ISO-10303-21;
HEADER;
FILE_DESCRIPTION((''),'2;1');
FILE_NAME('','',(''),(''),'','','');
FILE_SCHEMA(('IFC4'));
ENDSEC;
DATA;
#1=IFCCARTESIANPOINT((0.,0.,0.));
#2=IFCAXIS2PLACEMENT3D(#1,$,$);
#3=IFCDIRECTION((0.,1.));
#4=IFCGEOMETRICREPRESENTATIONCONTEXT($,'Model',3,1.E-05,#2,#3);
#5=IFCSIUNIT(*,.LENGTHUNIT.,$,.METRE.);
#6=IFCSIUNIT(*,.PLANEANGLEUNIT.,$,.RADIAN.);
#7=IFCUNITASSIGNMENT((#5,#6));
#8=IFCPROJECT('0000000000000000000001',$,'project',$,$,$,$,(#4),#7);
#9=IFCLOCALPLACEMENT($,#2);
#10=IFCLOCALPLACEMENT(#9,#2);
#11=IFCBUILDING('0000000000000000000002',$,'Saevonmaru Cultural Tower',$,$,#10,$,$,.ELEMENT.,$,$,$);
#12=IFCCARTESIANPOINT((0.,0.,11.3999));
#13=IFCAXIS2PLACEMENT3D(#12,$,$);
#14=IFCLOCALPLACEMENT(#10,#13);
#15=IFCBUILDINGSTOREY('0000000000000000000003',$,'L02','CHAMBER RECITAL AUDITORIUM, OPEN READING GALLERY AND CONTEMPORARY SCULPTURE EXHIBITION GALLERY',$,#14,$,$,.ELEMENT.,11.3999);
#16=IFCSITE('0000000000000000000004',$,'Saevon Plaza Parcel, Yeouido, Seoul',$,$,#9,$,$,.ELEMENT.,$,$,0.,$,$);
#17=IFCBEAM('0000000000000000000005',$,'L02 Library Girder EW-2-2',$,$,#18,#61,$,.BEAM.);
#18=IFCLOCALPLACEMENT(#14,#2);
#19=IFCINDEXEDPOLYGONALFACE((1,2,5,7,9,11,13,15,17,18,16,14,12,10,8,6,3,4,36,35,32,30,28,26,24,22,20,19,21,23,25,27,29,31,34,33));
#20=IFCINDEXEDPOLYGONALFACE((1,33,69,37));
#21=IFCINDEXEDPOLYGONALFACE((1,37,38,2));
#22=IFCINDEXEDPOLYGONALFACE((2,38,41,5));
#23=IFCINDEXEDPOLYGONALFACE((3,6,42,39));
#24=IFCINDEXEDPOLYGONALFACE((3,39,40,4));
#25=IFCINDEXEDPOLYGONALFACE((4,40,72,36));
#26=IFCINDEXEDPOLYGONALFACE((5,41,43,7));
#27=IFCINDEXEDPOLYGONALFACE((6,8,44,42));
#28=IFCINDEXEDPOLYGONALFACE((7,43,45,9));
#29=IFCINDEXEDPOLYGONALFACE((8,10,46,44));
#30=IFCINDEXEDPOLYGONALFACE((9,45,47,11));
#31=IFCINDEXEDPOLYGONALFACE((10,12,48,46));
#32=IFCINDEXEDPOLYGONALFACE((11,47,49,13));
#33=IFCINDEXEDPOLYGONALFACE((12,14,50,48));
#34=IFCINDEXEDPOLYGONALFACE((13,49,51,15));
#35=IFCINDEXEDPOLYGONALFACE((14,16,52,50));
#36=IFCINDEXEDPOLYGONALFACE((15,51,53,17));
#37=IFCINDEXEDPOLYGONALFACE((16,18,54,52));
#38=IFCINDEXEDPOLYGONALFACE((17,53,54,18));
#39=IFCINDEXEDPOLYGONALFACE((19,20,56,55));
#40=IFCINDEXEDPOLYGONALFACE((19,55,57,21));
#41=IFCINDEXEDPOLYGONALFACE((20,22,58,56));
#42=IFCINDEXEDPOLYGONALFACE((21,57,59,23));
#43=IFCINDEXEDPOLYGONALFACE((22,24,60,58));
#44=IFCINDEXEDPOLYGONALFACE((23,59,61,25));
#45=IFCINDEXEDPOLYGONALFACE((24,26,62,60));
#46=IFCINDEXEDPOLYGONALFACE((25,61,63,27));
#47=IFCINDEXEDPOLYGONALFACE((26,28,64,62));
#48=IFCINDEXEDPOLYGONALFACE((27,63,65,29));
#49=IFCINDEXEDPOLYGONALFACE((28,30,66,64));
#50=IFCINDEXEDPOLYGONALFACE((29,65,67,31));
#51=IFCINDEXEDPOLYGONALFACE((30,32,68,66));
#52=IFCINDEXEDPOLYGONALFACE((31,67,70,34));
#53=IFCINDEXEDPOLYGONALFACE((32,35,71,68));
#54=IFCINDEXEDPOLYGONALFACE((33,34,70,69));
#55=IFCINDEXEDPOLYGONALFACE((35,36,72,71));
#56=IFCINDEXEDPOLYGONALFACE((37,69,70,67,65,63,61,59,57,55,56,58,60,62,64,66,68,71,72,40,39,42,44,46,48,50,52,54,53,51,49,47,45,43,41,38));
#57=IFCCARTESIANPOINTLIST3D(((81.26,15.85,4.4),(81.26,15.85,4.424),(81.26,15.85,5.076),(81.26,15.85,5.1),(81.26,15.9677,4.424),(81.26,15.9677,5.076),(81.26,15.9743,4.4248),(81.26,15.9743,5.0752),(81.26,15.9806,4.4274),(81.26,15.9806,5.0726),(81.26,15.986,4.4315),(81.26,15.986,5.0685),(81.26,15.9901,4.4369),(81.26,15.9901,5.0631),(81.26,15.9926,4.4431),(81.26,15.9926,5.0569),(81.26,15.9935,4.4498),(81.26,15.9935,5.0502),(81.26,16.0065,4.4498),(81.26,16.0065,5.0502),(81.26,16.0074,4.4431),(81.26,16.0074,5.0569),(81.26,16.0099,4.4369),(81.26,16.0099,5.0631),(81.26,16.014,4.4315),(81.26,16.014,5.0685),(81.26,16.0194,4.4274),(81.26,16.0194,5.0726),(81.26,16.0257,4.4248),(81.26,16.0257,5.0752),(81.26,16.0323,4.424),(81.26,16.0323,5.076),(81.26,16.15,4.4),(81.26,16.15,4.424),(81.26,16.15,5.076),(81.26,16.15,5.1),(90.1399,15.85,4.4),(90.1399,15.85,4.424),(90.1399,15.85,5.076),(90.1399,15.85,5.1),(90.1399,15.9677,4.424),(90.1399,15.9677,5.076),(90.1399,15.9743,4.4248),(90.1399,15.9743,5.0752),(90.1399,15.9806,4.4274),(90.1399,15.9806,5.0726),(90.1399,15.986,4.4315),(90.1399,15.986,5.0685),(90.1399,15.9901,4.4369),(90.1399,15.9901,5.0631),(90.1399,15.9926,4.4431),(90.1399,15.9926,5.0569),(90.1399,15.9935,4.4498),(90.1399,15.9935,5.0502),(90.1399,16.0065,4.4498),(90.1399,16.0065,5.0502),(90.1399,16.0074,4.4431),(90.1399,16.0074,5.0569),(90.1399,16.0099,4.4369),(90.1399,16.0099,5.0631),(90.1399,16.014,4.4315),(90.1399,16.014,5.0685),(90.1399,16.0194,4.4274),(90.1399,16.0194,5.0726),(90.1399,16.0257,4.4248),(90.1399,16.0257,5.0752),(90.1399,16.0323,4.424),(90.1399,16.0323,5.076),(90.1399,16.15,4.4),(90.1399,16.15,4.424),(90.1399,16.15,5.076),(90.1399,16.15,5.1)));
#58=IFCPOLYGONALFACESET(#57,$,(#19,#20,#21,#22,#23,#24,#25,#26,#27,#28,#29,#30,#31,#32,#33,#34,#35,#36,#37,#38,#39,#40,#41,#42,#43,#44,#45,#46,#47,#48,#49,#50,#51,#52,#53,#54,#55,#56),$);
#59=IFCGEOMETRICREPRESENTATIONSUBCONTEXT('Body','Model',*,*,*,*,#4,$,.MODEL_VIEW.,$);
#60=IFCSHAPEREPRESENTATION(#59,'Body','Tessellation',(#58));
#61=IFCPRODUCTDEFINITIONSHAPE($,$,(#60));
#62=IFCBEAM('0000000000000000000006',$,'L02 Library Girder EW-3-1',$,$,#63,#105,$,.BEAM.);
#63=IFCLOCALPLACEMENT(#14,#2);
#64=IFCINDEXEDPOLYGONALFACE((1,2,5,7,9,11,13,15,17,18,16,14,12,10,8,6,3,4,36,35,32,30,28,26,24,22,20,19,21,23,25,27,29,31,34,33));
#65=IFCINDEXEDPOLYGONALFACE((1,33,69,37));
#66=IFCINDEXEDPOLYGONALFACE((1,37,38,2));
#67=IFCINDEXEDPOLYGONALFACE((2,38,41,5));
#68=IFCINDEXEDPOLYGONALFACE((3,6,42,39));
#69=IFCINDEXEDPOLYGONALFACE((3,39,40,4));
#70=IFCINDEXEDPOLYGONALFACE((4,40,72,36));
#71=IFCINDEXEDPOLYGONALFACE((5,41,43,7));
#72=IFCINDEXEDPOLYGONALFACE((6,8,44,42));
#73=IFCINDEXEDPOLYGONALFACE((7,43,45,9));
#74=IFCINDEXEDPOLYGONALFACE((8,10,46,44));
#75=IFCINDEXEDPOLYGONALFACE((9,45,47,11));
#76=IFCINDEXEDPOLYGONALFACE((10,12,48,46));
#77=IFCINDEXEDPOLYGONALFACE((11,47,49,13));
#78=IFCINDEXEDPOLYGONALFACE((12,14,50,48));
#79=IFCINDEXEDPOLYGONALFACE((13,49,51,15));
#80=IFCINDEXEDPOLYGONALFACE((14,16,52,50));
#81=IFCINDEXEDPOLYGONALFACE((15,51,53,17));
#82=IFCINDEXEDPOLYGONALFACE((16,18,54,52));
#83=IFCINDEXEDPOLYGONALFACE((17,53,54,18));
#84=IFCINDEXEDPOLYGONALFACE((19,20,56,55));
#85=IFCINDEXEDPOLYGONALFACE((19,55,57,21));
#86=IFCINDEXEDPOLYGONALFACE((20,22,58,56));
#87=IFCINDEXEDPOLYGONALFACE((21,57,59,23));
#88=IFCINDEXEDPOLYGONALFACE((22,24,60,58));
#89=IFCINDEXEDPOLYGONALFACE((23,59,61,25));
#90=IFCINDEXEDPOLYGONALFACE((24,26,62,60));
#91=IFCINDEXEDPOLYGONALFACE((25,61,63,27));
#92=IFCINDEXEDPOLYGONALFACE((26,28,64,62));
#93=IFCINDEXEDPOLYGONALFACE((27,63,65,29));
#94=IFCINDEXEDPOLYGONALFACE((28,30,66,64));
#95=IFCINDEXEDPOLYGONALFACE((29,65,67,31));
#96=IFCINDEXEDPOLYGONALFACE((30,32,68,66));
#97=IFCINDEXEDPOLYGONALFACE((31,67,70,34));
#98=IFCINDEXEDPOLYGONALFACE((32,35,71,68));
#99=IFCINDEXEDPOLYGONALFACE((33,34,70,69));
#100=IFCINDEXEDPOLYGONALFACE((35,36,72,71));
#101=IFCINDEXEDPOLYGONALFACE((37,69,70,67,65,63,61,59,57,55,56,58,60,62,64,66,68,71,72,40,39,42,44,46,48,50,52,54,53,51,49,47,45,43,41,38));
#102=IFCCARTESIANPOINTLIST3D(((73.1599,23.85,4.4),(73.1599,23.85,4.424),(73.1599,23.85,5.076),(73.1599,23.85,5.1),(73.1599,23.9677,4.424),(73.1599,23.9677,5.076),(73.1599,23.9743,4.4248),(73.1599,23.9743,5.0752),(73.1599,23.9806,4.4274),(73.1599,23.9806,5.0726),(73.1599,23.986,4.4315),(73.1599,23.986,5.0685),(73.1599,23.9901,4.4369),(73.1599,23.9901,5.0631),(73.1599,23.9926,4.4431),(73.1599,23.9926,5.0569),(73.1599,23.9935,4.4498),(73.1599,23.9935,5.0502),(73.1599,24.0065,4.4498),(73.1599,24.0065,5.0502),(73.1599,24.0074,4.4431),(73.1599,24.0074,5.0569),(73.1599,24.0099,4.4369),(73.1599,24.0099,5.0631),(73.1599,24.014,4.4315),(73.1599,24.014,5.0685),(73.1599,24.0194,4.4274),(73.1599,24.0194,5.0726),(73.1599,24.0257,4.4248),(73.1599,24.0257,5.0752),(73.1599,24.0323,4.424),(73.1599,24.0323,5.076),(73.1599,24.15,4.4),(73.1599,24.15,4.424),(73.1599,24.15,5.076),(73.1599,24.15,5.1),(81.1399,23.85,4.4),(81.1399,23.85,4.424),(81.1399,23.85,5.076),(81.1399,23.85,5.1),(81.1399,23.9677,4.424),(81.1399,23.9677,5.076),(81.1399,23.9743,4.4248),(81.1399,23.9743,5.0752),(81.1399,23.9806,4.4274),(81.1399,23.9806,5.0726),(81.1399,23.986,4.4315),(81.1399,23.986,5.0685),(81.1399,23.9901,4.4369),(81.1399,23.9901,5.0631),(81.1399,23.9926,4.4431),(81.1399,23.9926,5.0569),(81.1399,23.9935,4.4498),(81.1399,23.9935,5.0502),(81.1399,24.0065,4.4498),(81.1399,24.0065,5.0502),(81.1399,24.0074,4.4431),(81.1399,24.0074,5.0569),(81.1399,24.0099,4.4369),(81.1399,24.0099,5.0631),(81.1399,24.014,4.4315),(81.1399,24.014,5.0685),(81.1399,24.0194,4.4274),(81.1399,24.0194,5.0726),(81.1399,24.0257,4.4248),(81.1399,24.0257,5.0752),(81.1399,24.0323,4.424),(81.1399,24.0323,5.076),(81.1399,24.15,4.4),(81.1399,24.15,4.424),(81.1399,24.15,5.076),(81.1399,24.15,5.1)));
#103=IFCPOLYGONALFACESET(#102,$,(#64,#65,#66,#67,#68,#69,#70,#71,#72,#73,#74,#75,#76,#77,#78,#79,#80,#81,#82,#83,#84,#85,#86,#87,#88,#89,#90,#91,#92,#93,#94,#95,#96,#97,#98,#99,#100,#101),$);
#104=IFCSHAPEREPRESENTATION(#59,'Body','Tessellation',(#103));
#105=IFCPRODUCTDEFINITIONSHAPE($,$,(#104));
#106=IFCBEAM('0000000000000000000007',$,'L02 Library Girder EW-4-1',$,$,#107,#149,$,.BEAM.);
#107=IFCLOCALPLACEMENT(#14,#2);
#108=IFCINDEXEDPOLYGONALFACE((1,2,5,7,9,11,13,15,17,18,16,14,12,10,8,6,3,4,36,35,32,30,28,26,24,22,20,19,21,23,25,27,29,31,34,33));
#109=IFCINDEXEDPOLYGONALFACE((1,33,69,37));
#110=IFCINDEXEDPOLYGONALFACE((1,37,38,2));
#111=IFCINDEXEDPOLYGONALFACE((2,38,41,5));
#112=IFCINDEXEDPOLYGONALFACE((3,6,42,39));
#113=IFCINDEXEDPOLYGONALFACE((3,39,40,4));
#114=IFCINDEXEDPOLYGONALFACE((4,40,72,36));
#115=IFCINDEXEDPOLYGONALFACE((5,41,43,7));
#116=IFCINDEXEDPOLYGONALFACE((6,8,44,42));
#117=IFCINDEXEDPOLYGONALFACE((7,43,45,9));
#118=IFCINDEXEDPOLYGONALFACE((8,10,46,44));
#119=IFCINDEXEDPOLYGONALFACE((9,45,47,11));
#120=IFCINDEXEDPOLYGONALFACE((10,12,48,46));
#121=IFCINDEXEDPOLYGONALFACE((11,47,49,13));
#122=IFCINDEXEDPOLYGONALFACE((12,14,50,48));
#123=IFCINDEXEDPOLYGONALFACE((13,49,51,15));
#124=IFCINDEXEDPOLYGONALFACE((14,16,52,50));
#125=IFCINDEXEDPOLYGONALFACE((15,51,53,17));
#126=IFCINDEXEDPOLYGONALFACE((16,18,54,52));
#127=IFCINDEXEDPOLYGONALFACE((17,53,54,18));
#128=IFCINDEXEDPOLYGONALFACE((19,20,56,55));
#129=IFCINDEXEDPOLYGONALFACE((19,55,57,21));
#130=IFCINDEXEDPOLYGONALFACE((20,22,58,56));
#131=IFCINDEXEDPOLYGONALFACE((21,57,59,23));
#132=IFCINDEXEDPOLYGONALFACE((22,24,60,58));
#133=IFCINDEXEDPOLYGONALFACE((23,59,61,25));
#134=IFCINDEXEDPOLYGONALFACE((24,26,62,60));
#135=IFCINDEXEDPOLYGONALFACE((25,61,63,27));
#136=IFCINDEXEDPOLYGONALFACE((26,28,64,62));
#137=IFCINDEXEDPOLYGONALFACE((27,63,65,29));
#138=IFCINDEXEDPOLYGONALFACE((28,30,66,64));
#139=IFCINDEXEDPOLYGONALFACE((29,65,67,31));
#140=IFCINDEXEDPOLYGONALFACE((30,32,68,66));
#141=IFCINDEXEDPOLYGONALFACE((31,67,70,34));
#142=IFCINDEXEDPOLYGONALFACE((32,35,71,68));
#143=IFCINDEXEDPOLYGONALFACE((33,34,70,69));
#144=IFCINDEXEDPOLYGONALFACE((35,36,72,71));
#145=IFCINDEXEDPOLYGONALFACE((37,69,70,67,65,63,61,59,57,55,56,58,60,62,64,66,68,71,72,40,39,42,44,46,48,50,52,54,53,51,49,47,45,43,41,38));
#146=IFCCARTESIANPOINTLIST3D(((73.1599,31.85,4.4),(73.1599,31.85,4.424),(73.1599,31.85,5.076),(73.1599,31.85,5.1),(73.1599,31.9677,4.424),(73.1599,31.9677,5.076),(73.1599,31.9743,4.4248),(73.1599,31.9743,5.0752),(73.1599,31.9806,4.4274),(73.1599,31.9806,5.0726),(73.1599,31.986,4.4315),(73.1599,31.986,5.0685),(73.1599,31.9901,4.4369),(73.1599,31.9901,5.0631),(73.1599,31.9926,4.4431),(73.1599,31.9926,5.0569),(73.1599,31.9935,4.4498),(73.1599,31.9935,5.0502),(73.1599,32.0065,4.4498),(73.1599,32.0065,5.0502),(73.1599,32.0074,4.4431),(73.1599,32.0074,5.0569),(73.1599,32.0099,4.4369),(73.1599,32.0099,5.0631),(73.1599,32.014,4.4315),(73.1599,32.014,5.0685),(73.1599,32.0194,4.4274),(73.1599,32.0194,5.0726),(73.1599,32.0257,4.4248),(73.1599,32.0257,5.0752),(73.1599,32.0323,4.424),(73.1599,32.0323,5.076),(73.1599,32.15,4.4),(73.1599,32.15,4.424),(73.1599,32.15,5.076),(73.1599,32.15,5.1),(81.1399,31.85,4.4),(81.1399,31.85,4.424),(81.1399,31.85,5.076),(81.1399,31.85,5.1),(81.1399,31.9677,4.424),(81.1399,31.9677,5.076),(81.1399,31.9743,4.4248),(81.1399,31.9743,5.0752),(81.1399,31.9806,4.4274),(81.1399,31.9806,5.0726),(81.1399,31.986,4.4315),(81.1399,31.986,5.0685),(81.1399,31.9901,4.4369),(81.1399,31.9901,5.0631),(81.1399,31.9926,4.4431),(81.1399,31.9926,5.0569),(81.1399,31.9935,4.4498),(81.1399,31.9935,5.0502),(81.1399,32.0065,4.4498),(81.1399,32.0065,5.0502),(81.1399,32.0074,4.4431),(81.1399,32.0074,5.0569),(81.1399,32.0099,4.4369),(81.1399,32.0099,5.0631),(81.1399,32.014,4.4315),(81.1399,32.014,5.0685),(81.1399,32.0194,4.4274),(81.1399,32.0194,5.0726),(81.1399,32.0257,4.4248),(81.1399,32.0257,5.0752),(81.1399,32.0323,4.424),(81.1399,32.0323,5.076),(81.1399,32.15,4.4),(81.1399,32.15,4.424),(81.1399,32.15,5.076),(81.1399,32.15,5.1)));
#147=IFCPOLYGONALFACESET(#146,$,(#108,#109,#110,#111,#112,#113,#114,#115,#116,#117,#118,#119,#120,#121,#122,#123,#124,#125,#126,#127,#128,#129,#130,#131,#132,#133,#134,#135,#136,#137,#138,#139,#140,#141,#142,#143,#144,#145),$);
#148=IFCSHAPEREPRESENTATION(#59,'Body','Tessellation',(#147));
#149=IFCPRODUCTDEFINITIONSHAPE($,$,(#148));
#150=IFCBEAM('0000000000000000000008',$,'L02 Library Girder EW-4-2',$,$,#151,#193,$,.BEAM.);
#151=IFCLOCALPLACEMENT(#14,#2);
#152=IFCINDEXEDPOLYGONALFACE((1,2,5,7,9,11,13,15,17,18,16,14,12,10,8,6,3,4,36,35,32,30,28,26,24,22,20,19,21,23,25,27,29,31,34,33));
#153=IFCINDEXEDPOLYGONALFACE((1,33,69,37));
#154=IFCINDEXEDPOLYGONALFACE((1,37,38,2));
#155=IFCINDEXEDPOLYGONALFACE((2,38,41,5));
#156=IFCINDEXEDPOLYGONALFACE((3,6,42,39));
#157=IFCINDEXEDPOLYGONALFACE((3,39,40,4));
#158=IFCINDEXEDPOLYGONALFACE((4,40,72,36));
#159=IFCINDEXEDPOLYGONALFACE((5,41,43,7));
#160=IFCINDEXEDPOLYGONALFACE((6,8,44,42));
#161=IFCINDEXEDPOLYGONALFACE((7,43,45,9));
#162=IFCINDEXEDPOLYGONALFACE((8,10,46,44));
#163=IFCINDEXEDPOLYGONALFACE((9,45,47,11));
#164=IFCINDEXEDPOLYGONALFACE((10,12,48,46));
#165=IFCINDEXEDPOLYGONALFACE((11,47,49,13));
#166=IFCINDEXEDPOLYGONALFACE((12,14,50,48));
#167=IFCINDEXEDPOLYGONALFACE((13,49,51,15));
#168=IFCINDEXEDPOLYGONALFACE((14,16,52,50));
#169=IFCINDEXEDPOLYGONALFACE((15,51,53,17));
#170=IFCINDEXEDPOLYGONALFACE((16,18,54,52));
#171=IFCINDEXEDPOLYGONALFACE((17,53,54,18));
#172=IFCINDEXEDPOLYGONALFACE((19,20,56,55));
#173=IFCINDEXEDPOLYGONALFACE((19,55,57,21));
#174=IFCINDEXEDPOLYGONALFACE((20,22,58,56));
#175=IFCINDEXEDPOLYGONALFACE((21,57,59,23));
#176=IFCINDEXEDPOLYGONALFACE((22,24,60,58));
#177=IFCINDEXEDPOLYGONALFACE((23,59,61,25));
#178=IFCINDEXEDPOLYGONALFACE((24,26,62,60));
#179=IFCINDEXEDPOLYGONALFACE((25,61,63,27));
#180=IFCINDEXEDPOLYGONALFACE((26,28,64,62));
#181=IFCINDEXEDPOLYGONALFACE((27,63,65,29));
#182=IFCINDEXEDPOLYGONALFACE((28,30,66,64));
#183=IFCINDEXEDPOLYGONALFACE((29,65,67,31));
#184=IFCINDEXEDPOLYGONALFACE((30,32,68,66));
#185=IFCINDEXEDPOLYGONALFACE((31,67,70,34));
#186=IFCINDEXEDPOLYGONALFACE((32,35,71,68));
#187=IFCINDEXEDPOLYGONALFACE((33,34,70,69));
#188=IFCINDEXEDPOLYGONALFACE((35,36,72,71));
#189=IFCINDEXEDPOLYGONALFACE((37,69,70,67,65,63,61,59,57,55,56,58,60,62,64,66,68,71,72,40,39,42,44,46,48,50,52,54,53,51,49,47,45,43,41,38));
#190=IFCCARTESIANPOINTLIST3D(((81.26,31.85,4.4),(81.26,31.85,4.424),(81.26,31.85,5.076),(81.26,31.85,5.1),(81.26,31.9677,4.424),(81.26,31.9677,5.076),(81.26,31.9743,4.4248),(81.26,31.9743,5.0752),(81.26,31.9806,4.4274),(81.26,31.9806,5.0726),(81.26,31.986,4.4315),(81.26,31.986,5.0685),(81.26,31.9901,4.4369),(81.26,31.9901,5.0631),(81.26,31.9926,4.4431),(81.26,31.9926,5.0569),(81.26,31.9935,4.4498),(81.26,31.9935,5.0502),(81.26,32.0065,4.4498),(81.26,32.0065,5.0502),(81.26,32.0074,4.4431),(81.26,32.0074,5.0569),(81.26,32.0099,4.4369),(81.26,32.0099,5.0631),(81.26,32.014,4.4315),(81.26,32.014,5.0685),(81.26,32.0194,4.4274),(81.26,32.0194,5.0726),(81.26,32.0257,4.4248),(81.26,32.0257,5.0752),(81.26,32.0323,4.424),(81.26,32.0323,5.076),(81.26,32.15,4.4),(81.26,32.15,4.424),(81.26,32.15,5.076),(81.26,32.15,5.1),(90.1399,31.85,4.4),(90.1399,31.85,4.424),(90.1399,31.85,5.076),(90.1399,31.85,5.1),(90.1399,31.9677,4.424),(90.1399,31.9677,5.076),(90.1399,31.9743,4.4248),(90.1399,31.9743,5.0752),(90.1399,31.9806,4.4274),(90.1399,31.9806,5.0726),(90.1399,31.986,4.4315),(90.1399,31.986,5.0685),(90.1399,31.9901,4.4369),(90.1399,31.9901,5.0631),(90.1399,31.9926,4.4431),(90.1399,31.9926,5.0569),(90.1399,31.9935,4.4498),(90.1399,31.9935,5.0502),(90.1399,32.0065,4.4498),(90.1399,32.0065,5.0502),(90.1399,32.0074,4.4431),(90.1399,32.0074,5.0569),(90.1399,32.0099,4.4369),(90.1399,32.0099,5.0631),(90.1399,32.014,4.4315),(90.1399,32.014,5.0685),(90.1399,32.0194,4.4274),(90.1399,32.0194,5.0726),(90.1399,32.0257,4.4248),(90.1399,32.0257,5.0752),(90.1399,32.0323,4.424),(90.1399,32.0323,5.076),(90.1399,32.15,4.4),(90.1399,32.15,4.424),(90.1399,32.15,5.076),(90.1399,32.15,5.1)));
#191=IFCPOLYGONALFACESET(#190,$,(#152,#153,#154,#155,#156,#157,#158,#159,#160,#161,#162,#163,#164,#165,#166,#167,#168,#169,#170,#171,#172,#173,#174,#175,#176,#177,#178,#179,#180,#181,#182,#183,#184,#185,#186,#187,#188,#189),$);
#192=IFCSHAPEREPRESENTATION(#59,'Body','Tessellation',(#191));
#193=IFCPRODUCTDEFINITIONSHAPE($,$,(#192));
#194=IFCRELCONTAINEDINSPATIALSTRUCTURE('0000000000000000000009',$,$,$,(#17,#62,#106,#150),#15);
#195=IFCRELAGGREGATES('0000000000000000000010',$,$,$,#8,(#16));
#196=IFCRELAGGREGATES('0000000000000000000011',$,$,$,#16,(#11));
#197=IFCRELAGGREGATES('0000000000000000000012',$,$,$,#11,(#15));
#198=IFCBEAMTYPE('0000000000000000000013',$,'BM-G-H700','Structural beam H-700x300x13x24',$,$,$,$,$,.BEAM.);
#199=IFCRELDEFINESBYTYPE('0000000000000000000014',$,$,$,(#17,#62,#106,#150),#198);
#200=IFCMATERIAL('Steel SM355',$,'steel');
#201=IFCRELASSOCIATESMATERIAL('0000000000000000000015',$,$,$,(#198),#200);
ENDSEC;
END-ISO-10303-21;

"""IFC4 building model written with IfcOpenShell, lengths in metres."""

from ifc_helpers import new_model, si_unit, direction, frame, origin, origin_2d, place, context, subcontext, project, spatial, i_section, extrude, material, material_profile, profile_set, type_object, element, save


model = new_model("IFC4")

# Units and contexts
model_context = context("Model", 3, precision=1e-05, world=origin(), true_north=direction((0.0, 1.0)))
body_context = subcontext(model_context, "Body", "Model", "MODEL_VIEW")
ifc_project = project(units=[si_unit("LENGTHUNIT", "METRE"), si_unit("PLANEANGLEUNIT", "RADIAN")], contexts=[model_context])

# Site, building, storey
site_placement = place(None, origin())
site = spatial("IfcSite", under=ifc_project, at=site_placement, Name="Saevon Plaza Parcel, Yeouido, Seoul", CompositionType="ELEMENT", RefElevation=0.0)
building_placement = place(site_placement, origin())
building = spatial("IfcBuilding", under=site, at=building_placement, Name="Saevonmaru Cultural Tower", CompositionType="ELEMENT")
storey_placement = place(building_placement, frame((0.0, 0.0, 11.3999)))
storey = spatial("IfcBuildingStorey", under=building, at=storey_placement, Name="L02", Description="CHAMBER RECITAL AUDITORIUM, OPEN READING GALLERY AND CONTEMPORARY SCULPTURE EXHIBITION GALLERY", CompositionType="ELEMENT", Elevation=11.3999)

# Shared definitions
ifc_material_1 = material(Name="Steel SM355", Category="steel")

# Beams
ifc_material_profile_1 = material_profile(ifc_material_1, i_section(OverallWidth=0.3, OverallDepth=0.7, WebThickness=0.0129, FlangeThickness=0.0239, FilletRadius=0.0259, at=origin_2d()), Name="H-700x300x13x24")
ifc_profile_set_1 = profile_set([ifc_material_profile_1], Name="Steel SM355")
beam_type_1 = type_object("IfcBeamType", Name="BM-G-H700", Description="Structural beam H-700x300x13x24", PredefinedType="BEAM", material=ifc_profile_set_1)
beam_1_placement = place(storey_placement, frame((81.26, 16.0, 4.75), z_axis=(1.0, 0.0, 0.0), x_axis=(0.0, 1.0, 0.0)))
element("IfcBeam", 1, at=beam_1_placement, inside=storey, type_object=beam_type_1, Name="L02 Library Girder EW-2-2", PredefinedType="BEAM", context=body_context, shape_type="SweptSolid", body=[
    extrude(i_section(OverallWidth=0.3, OverallDepth=0.7, WebThickness=0.0129, FlangeThickness=0.0239, FilletRadius=0.0259, at=origin_2d()), origin(), (0.0, 0.0, 1.0), 8.8799),
])
for number, where, z_axis, x_axis, name in (
    (2, (73.1599, 24.0, 4.75), (1.0, 0.0, 0.0), (0.0, 1.0, 0.0), "L02 Library Girder EW-3-1"),
    (3, (73.1599, 32.0, 4.75), (1.0, 0.0, 0.0), (0.0, 1.0, 0.0), "L02 Library Girder EW-4-1"),
):
    element("IfcBeam", number, at=place(storey_placement, frame(where, z_axis=z_axis, x_axis=x_axis)), inside=storey, type_object=beam_type_1, Name=name, PredefinedType="BEAM", context=body_context, shape_type="SweptSolid", body=[
        extrude(i_section(OverallWidth=0.3, OverallDepth=0.7, WebThickness=0.0129, FlangeThickness=0.0239, FilletRadius=0.0259, at=origin_2d()), origin(), (0.0, 0.0, 1.0), 7.98),
    ])
beam_2_placement = place(storey_placement, frame((81.26, 32.0, 4.75), z_axis=(1.0, 0.0, 0.0), x_axis=(0.0, 1.0, 0.0)))
element("IfcBeam", 4, at=beam_2_placement, inside=storey, type_object=beam_type_1, Name="L02 Library Girder EW-4-2", PredefinedType="BEAM", context=body_context, shape_type="SweptSolid", body=[
    extrude(i_section(OverallWidth=0.3, OverallDepth=0.7, WebThickness=0.0129, FlangeThickness=0.0239, FilletRadius=0.0259, at=origin_2d()), origin(), (0.0, 0.0, 1.0), 8.8799),
])

save(model, "model.ifc")
